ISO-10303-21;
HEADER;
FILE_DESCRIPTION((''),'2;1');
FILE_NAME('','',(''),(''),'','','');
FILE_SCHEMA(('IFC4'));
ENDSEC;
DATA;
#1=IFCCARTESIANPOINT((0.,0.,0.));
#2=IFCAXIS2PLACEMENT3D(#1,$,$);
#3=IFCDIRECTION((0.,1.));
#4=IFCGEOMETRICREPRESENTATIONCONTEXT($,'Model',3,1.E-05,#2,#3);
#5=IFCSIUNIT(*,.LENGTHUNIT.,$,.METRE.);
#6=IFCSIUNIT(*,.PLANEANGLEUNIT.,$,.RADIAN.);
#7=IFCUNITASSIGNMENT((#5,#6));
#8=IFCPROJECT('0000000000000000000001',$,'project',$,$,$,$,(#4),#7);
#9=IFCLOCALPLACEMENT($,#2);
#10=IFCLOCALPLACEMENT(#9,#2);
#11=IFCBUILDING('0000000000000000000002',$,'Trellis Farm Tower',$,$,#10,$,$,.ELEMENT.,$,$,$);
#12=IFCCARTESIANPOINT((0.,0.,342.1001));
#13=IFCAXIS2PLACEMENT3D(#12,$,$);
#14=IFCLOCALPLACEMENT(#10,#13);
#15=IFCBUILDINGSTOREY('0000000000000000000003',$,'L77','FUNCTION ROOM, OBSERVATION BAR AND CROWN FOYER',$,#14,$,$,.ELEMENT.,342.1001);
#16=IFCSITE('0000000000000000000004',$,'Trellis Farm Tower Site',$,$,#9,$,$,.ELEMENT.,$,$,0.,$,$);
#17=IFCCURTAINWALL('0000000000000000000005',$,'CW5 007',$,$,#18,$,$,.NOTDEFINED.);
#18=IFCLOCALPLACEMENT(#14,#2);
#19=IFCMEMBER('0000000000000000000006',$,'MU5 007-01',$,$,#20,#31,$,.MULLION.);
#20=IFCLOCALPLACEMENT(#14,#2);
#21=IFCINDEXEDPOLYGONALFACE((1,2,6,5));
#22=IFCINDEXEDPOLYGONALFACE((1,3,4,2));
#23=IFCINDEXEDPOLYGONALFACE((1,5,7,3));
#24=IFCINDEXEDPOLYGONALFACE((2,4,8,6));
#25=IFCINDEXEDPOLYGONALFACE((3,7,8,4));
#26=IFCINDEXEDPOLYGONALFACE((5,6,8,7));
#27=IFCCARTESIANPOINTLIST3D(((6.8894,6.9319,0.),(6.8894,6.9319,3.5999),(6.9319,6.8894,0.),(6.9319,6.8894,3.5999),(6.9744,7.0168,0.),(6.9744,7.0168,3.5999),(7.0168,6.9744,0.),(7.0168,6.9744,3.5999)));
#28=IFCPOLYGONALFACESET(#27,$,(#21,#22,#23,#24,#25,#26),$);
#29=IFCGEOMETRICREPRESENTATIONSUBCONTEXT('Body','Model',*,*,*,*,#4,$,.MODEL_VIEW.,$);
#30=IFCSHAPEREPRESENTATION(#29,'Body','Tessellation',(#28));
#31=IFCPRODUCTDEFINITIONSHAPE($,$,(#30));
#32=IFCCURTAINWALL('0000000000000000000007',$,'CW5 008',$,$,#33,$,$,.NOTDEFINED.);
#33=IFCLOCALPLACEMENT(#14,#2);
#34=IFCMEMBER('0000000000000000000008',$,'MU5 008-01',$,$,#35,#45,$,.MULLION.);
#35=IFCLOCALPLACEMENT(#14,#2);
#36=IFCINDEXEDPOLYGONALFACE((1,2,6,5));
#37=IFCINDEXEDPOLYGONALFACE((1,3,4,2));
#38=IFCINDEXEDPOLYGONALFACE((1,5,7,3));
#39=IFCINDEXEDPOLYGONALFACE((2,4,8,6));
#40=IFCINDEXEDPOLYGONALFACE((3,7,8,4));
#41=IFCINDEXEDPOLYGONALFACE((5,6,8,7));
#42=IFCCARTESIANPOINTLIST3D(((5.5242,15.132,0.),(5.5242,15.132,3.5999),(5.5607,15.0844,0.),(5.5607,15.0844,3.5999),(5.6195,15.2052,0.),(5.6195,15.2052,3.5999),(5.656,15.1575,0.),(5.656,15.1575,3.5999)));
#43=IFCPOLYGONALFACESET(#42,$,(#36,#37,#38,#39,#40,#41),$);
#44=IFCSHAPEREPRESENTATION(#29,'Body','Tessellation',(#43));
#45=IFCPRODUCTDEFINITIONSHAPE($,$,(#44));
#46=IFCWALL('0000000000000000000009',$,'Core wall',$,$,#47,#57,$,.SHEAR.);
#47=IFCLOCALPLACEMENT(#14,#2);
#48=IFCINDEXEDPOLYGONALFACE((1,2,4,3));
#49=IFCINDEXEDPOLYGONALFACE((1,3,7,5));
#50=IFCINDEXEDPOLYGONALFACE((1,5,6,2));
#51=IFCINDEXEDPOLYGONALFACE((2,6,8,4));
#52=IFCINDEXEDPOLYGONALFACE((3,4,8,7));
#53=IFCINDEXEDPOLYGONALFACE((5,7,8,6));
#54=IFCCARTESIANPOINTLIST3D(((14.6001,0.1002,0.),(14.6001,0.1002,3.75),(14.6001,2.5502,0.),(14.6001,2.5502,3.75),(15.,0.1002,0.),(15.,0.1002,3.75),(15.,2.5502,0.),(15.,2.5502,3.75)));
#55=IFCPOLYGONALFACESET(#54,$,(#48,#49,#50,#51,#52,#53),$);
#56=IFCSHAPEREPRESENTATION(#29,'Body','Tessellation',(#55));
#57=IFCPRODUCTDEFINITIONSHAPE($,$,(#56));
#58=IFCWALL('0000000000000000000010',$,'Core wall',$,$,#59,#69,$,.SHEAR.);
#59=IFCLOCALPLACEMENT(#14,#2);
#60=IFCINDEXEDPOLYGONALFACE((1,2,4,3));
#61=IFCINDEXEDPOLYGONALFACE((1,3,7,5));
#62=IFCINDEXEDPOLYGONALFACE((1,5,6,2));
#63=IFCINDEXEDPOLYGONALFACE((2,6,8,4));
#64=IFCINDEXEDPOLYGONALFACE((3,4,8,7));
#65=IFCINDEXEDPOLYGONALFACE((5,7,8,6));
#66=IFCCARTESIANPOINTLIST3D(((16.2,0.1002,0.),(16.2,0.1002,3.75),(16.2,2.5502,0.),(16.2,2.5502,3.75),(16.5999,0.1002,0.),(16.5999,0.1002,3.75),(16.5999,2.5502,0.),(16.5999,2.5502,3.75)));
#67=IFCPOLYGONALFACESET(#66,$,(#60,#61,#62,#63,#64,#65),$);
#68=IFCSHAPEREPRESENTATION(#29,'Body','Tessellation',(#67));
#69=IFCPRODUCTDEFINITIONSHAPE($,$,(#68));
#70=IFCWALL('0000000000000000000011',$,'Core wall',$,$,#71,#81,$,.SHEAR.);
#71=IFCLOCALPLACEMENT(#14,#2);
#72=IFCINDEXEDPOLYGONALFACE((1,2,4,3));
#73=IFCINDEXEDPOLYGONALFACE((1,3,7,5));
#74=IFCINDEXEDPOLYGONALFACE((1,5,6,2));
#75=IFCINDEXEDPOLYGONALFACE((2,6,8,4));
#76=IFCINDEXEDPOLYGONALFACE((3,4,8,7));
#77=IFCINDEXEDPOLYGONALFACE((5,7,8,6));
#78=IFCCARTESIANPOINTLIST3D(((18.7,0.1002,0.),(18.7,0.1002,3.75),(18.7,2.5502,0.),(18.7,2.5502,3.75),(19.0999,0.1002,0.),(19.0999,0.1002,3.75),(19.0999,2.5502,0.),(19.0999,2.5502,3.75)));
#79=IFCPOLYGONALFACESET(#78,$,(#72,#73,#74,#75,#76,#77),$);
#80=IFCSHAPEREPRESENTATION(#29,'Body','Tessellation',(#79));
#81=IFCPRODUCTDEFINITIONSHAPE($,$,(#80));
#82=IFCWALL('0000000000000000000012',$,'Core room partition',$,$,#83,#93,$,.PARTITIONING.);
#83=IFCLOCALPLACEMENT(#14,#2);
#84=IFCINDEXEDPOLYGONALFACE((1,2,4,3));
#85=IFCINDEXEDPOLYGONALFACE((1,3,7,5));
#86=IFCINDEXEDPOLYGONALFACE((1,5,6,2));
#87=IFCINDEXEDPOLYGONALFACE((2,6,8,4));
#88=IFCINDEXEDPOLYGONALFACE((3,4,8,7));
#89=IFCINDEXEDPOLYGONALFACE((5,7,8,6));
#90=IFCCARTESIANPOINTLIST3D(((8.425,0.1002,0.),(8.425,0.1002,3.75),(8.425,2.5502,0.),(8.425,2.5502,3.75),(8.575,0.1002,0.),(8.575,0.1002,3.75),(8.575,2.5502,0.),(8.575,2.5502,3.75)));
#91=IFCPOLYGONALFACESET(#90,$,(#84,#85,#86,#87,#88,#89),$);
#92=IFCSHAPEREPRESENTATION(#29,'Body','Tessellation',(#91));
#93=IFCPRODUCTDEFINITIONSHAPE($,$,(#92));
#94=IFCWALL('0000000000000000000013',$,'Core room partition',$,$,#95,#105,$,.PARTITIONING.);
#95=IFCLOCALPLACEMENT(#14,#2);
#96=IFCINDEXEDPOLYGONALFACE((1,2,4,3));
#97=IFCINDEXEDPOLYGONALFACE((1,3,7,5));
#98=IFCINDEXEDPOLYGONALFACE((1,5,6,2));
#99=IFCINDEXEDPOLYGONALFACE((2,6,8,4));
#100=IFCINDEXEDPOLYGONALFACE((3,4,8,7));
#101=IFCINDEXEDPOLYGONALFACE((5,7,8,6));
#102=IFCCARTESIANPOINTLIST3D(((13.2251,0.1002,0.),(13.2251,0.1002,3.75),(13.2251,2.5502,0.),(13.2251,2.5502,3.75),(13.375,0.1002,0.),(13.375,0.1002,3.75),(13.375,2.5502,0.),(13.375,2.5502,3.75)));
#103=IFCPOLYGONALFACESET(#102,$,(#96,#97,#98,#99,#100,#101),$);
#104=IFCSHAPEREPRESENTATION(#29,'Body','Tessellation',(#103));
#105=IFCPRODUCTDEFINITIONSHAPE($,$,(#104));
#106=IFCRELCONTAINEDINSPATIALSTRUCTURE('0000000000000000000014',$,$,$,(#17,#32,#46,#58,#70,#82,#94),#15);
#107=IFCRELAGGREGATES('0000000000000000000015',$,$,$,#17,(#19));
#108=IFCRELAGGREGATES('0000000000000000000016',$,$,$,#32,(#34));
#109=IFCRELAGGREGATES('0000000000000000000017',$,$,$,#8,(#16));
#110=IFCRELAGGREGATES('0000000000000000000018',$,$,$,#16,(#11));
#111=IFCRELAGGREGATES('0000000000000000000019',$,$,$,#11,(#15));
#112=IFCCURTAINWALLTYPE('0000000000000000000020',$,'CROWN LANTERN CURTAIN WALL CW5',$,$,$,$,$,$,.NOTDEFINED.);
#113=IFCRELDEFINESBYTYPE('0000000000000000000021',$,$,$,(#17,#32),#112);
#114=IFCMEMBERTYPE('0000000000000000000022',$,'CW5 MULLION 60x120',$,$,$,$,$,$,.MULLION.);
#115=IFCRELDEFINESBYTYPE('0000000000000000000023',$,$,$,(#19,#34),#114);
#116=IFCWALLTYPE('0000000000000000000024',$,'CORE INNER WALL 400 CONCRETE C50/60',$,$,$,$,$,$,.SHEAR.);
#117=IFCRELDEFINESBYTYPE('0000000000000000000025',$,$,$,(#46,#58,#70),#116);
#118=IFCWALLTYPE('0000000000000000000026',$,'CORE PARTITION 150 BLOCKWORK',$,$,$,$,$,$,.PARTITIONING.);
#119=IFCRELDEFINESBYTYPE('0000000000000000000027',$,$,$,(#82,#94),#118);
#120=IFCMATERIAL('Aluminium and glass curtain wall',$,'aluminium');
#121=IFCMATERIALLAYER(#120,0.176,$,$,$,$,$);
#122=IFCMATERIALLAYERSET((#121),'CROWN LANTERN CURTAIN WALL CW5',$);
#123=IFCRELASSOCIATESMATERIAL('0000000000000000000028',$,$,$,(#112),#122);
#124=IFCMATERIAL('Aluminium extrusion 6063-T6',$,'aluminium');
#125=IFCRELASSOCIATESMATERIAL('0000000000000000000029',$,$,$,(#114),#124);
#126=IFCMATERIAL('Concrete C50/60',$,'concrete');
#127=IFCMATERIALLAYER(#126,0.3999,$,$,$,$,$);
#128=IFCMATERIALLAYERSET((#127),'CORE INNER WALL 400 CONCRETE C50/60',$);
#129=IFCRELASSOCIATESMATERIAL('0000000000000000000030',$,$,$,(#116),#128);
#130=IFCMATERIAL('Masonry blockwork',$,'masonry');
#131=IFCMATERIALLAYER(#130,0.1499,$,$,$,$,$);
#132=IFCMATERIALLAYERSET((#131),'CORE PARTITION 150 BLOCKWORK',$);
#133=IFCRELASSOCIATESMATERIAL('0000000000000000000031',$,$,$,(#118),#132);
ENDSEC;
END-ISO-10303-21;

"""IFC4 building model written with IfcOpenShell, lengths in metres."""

from ifc_helpers import new_model, si_unit, direction, frame, frame_2d, origin, origin_2d, place, context, subcontext, project, spatial, rectangle, extrude, source, transform, mapped, material, layer, layer_set, material_profile, profile_set, type_object, element, aggregate, save


model = new_model("IFC4")

# Units and contexts
model_context = context("Model", 3, precision=1e-05, world=origin(), true_north=direction((0.0, 1.0)))
body_context = subcontext(model_context, "Body", "Model", "MODEL_VIEW")
ifc_project = project(units=[si_unit("LENGTHUNIT", "METRE"), si_unit("PLANEANGLEUNIT", "RADIAN")], contexts=[model_context])

# Site, building, storey
site_placement = place(None, origin())
site = spatial("IfcSite", under=ifc_project, at=site_placement, Name="Trellis Farm Tower Site", CompositionType="ELEMENT", RefElevation=0.0)
building_placement = place(site_placement, origin())
building = spatial("IfcBuilding", under=site, at=building_placement, Name="Trellis Farm Tower", CompositionType="ELEMENT")
storey_placement = place(building_placement, frame((0.0, 0.0, 342.1001)))
storey = spatial("IfcBuildingStorey", under=building, at=storey_placement, Name="L77", Description="FUNCTION ROOM, OBSERVATION BAR AND CROWN FOYER", CompositionType="ELEMENT", Elevation=342.1001)

# Shared definitions
ifc_material_1 = material(Name="Concrete C50/60", Category="concrete")

# Curtain walls, members
ifc_material_2 = material(Name="Aluminium and glass curtain wall", Category="aluminium")
ifc_layer_1 = layer(ifc_material_2, 0.176)
ifc_layer_set_1 = layer_set([ifc_layer_1], Name="CROWN LANTERN CURTAIN WALL CW5")
curtain_wall_type = type_object("IfcCurtainWallType", Name="CROWN LANTERN CURTAIN WALL CW5", PredefinedType="NOTDEFINED", material=ifc_layer_set_1)
placement = place(storey_placement, origin())
ifc_material_3 = material(Name="Aluminium extrusion 6063-T6", Category="aluminium")
ifc_material_profile_1 = material_profile(ifc_material_3, rectangle(XDim=0.0601, YDim=0.1201, at=origin_2d()), Name="MULLION 60x120")
ifc_profile_set_1 = profile_set([ifc_material_profile_1], Name="Aluminium extrusion 6063-T6")
member_type = type_object("IfcMemberType", Name="CW5 MULLION 60x120", PredefinedType="MULLION", material=ifc_profile_set_1)
shared_shape_1 = source(origin(), body_context, "Body", "SweptSolid", [
    extrude(rectangle(XDim=0.0601, YDim=0.1201, at=origin_2d()), origin(), (0.0, 0.0, 1.0), 3.5999),
])
curtain_wall_1 = element("IfcCurtainWall", 1, at=placement, inside=storey, type_object=curtain_wall_type, Name="CW5 007", PredefinedType="NOTDEFINED")
member_1_placement = place(storey_placement, frame((6.9531, 6.9531, 0.0), z_axis=(0.0, 0.0, 1.0), x_axis=(-0.707107, 0.707107, 0.0)))
member_1 = element("IfcMember", 2, at=member_1_placement, type_object=member_type, Name="MU5 007-01", PredefinedType="MULLION", context=body_context, shape_type="MappedRepresentation", body=[
    mapped(shared_shape_1, transform((0.0, 0.0, 0.0))),
])
aggregate(curtain_wall_1, [member_1])
curtain_wall_2 = element("IfcCurtainWall", 3, at=placement, inside=storey, type_object=curtain_wall_type, Name="CW5 008", PredefinedType="NOTDEFINED")
member_2_placement = place(storey_placement, frame((5.5901, 15.1448, 0.0), z_axis=(0.0, 0.0, 1.0), x_axis=(-0.608761, 0.793353, 0.0)))
member_2 = element("IfcMember", 4, at=member_2_placement, type_object=member_type, Name="MU5 008-01", PredefinedType="MULLION", context=body_context, shape_type="MappedRepresentation", body=[
    mapped(shared_shape_1, transform((0.0, 0.0, 0.0))),
])
aggregate(curtain_wall_2, [member_2])

# Walls
ifc_layer_2 = layer(ifc_material_1, 0.3999)
ifc_layer_set_2 = layer_set([ifc_layer_2], Name="CORE INNER WALL 400 CONCRETE C50/60")
wall_type_1 = type_object("IfcWallType", Name="CORE INNER WALL 400 CONCRETE C50/60", PredefinedType="SHEAR", material=ifc_layer_set_2)
shared_shape_2 = source(origin(), body_context, "Body", "SweptSolid", [
    extrude(rectangle(XDim=2.45, YDim=0.3999, at=frame_2d((1.2251, 0.0))), origin(), (0.0, 0.0, 1.0), 3.75),
])
for number, where, z_axis, x_axis, name in (
    (5, (14.8, 0.1001, 0.0), (0.0, 0.0, 1.0), (0.0, 1.0, 0.0), "Core wall"),
    (6, (16.3999, 0.1001, 0.0), (0.0, 0.0, 1.0), (0.0, 1.0, 0.0), "Core wall"),
    (7, (18.8999, 0.1001, 0.0), (0.0, 0.0, 1.0), (0.0, 1.0, 0.0), "Core wall"),
):
    element("IfcWall", number, at=place(storey_placement, frame(where, z_axis=z_axis, x_axis=x_axis)), inside=storey, type_object=wall_type_1, Name=name, PredefinedType="SHEAR", context=body_context, shape_type="MappedRepresentation", body=[
        mapped(shared_shape_2, transform((0.0, 0.0, 0.0))),
    ])
ifc_material_4 = material(Name="Masonry blockwork", Category="masonry")
ifc_layer_3 = layer(ifc_material_4, 0.1499)
ifc_layer_set_3 = layer_set([ifc_layer_3], Name="CORE PARTITION 150 BLOCKWORK")
wall_type_2 = type_object("IfcWallType", Name="CORE PARTITION 150 BLOCKWORK", PredefinedType="PARTITIONING", material=ifc_layer_set_3)
shared_shape_3 = source(origin(), body_context, "Body", "SweptSolid", [
    extrude(rectangle(XDim=2.45, YDim=0.1499, at=frame_2d((1.2251, 0.0))), origin(), (0.0, 0.0, 1.0), 3.75),
])
for number, where, z_axis, x_axis, name in (
    (8, (8.5, 0.1001, 0.0), (0.0, 0.0, 1.0), (0.0, 1.0, 0.0), "Core room partition"),
    (9, (13.3, 0.1001, 0.0), (0.0, 0.0, 1.0), (0.0, 1.0, 0.0), "Core room partition"),
):
    element("IfcWall", number, at=place(storey_placement, frame(where, z_axis=z_axis, x_axis=x_axis)), inside=storey, type_object=wall_type_2, Name=name, PredefinedType="PARTITIONING", context=body_context, shape_type="MappedRepresentation", body=[
        mapped(shared_shape_3, transform((0.0, 0.0, 0.0))),
    ])

save(model, "model.ifc")
